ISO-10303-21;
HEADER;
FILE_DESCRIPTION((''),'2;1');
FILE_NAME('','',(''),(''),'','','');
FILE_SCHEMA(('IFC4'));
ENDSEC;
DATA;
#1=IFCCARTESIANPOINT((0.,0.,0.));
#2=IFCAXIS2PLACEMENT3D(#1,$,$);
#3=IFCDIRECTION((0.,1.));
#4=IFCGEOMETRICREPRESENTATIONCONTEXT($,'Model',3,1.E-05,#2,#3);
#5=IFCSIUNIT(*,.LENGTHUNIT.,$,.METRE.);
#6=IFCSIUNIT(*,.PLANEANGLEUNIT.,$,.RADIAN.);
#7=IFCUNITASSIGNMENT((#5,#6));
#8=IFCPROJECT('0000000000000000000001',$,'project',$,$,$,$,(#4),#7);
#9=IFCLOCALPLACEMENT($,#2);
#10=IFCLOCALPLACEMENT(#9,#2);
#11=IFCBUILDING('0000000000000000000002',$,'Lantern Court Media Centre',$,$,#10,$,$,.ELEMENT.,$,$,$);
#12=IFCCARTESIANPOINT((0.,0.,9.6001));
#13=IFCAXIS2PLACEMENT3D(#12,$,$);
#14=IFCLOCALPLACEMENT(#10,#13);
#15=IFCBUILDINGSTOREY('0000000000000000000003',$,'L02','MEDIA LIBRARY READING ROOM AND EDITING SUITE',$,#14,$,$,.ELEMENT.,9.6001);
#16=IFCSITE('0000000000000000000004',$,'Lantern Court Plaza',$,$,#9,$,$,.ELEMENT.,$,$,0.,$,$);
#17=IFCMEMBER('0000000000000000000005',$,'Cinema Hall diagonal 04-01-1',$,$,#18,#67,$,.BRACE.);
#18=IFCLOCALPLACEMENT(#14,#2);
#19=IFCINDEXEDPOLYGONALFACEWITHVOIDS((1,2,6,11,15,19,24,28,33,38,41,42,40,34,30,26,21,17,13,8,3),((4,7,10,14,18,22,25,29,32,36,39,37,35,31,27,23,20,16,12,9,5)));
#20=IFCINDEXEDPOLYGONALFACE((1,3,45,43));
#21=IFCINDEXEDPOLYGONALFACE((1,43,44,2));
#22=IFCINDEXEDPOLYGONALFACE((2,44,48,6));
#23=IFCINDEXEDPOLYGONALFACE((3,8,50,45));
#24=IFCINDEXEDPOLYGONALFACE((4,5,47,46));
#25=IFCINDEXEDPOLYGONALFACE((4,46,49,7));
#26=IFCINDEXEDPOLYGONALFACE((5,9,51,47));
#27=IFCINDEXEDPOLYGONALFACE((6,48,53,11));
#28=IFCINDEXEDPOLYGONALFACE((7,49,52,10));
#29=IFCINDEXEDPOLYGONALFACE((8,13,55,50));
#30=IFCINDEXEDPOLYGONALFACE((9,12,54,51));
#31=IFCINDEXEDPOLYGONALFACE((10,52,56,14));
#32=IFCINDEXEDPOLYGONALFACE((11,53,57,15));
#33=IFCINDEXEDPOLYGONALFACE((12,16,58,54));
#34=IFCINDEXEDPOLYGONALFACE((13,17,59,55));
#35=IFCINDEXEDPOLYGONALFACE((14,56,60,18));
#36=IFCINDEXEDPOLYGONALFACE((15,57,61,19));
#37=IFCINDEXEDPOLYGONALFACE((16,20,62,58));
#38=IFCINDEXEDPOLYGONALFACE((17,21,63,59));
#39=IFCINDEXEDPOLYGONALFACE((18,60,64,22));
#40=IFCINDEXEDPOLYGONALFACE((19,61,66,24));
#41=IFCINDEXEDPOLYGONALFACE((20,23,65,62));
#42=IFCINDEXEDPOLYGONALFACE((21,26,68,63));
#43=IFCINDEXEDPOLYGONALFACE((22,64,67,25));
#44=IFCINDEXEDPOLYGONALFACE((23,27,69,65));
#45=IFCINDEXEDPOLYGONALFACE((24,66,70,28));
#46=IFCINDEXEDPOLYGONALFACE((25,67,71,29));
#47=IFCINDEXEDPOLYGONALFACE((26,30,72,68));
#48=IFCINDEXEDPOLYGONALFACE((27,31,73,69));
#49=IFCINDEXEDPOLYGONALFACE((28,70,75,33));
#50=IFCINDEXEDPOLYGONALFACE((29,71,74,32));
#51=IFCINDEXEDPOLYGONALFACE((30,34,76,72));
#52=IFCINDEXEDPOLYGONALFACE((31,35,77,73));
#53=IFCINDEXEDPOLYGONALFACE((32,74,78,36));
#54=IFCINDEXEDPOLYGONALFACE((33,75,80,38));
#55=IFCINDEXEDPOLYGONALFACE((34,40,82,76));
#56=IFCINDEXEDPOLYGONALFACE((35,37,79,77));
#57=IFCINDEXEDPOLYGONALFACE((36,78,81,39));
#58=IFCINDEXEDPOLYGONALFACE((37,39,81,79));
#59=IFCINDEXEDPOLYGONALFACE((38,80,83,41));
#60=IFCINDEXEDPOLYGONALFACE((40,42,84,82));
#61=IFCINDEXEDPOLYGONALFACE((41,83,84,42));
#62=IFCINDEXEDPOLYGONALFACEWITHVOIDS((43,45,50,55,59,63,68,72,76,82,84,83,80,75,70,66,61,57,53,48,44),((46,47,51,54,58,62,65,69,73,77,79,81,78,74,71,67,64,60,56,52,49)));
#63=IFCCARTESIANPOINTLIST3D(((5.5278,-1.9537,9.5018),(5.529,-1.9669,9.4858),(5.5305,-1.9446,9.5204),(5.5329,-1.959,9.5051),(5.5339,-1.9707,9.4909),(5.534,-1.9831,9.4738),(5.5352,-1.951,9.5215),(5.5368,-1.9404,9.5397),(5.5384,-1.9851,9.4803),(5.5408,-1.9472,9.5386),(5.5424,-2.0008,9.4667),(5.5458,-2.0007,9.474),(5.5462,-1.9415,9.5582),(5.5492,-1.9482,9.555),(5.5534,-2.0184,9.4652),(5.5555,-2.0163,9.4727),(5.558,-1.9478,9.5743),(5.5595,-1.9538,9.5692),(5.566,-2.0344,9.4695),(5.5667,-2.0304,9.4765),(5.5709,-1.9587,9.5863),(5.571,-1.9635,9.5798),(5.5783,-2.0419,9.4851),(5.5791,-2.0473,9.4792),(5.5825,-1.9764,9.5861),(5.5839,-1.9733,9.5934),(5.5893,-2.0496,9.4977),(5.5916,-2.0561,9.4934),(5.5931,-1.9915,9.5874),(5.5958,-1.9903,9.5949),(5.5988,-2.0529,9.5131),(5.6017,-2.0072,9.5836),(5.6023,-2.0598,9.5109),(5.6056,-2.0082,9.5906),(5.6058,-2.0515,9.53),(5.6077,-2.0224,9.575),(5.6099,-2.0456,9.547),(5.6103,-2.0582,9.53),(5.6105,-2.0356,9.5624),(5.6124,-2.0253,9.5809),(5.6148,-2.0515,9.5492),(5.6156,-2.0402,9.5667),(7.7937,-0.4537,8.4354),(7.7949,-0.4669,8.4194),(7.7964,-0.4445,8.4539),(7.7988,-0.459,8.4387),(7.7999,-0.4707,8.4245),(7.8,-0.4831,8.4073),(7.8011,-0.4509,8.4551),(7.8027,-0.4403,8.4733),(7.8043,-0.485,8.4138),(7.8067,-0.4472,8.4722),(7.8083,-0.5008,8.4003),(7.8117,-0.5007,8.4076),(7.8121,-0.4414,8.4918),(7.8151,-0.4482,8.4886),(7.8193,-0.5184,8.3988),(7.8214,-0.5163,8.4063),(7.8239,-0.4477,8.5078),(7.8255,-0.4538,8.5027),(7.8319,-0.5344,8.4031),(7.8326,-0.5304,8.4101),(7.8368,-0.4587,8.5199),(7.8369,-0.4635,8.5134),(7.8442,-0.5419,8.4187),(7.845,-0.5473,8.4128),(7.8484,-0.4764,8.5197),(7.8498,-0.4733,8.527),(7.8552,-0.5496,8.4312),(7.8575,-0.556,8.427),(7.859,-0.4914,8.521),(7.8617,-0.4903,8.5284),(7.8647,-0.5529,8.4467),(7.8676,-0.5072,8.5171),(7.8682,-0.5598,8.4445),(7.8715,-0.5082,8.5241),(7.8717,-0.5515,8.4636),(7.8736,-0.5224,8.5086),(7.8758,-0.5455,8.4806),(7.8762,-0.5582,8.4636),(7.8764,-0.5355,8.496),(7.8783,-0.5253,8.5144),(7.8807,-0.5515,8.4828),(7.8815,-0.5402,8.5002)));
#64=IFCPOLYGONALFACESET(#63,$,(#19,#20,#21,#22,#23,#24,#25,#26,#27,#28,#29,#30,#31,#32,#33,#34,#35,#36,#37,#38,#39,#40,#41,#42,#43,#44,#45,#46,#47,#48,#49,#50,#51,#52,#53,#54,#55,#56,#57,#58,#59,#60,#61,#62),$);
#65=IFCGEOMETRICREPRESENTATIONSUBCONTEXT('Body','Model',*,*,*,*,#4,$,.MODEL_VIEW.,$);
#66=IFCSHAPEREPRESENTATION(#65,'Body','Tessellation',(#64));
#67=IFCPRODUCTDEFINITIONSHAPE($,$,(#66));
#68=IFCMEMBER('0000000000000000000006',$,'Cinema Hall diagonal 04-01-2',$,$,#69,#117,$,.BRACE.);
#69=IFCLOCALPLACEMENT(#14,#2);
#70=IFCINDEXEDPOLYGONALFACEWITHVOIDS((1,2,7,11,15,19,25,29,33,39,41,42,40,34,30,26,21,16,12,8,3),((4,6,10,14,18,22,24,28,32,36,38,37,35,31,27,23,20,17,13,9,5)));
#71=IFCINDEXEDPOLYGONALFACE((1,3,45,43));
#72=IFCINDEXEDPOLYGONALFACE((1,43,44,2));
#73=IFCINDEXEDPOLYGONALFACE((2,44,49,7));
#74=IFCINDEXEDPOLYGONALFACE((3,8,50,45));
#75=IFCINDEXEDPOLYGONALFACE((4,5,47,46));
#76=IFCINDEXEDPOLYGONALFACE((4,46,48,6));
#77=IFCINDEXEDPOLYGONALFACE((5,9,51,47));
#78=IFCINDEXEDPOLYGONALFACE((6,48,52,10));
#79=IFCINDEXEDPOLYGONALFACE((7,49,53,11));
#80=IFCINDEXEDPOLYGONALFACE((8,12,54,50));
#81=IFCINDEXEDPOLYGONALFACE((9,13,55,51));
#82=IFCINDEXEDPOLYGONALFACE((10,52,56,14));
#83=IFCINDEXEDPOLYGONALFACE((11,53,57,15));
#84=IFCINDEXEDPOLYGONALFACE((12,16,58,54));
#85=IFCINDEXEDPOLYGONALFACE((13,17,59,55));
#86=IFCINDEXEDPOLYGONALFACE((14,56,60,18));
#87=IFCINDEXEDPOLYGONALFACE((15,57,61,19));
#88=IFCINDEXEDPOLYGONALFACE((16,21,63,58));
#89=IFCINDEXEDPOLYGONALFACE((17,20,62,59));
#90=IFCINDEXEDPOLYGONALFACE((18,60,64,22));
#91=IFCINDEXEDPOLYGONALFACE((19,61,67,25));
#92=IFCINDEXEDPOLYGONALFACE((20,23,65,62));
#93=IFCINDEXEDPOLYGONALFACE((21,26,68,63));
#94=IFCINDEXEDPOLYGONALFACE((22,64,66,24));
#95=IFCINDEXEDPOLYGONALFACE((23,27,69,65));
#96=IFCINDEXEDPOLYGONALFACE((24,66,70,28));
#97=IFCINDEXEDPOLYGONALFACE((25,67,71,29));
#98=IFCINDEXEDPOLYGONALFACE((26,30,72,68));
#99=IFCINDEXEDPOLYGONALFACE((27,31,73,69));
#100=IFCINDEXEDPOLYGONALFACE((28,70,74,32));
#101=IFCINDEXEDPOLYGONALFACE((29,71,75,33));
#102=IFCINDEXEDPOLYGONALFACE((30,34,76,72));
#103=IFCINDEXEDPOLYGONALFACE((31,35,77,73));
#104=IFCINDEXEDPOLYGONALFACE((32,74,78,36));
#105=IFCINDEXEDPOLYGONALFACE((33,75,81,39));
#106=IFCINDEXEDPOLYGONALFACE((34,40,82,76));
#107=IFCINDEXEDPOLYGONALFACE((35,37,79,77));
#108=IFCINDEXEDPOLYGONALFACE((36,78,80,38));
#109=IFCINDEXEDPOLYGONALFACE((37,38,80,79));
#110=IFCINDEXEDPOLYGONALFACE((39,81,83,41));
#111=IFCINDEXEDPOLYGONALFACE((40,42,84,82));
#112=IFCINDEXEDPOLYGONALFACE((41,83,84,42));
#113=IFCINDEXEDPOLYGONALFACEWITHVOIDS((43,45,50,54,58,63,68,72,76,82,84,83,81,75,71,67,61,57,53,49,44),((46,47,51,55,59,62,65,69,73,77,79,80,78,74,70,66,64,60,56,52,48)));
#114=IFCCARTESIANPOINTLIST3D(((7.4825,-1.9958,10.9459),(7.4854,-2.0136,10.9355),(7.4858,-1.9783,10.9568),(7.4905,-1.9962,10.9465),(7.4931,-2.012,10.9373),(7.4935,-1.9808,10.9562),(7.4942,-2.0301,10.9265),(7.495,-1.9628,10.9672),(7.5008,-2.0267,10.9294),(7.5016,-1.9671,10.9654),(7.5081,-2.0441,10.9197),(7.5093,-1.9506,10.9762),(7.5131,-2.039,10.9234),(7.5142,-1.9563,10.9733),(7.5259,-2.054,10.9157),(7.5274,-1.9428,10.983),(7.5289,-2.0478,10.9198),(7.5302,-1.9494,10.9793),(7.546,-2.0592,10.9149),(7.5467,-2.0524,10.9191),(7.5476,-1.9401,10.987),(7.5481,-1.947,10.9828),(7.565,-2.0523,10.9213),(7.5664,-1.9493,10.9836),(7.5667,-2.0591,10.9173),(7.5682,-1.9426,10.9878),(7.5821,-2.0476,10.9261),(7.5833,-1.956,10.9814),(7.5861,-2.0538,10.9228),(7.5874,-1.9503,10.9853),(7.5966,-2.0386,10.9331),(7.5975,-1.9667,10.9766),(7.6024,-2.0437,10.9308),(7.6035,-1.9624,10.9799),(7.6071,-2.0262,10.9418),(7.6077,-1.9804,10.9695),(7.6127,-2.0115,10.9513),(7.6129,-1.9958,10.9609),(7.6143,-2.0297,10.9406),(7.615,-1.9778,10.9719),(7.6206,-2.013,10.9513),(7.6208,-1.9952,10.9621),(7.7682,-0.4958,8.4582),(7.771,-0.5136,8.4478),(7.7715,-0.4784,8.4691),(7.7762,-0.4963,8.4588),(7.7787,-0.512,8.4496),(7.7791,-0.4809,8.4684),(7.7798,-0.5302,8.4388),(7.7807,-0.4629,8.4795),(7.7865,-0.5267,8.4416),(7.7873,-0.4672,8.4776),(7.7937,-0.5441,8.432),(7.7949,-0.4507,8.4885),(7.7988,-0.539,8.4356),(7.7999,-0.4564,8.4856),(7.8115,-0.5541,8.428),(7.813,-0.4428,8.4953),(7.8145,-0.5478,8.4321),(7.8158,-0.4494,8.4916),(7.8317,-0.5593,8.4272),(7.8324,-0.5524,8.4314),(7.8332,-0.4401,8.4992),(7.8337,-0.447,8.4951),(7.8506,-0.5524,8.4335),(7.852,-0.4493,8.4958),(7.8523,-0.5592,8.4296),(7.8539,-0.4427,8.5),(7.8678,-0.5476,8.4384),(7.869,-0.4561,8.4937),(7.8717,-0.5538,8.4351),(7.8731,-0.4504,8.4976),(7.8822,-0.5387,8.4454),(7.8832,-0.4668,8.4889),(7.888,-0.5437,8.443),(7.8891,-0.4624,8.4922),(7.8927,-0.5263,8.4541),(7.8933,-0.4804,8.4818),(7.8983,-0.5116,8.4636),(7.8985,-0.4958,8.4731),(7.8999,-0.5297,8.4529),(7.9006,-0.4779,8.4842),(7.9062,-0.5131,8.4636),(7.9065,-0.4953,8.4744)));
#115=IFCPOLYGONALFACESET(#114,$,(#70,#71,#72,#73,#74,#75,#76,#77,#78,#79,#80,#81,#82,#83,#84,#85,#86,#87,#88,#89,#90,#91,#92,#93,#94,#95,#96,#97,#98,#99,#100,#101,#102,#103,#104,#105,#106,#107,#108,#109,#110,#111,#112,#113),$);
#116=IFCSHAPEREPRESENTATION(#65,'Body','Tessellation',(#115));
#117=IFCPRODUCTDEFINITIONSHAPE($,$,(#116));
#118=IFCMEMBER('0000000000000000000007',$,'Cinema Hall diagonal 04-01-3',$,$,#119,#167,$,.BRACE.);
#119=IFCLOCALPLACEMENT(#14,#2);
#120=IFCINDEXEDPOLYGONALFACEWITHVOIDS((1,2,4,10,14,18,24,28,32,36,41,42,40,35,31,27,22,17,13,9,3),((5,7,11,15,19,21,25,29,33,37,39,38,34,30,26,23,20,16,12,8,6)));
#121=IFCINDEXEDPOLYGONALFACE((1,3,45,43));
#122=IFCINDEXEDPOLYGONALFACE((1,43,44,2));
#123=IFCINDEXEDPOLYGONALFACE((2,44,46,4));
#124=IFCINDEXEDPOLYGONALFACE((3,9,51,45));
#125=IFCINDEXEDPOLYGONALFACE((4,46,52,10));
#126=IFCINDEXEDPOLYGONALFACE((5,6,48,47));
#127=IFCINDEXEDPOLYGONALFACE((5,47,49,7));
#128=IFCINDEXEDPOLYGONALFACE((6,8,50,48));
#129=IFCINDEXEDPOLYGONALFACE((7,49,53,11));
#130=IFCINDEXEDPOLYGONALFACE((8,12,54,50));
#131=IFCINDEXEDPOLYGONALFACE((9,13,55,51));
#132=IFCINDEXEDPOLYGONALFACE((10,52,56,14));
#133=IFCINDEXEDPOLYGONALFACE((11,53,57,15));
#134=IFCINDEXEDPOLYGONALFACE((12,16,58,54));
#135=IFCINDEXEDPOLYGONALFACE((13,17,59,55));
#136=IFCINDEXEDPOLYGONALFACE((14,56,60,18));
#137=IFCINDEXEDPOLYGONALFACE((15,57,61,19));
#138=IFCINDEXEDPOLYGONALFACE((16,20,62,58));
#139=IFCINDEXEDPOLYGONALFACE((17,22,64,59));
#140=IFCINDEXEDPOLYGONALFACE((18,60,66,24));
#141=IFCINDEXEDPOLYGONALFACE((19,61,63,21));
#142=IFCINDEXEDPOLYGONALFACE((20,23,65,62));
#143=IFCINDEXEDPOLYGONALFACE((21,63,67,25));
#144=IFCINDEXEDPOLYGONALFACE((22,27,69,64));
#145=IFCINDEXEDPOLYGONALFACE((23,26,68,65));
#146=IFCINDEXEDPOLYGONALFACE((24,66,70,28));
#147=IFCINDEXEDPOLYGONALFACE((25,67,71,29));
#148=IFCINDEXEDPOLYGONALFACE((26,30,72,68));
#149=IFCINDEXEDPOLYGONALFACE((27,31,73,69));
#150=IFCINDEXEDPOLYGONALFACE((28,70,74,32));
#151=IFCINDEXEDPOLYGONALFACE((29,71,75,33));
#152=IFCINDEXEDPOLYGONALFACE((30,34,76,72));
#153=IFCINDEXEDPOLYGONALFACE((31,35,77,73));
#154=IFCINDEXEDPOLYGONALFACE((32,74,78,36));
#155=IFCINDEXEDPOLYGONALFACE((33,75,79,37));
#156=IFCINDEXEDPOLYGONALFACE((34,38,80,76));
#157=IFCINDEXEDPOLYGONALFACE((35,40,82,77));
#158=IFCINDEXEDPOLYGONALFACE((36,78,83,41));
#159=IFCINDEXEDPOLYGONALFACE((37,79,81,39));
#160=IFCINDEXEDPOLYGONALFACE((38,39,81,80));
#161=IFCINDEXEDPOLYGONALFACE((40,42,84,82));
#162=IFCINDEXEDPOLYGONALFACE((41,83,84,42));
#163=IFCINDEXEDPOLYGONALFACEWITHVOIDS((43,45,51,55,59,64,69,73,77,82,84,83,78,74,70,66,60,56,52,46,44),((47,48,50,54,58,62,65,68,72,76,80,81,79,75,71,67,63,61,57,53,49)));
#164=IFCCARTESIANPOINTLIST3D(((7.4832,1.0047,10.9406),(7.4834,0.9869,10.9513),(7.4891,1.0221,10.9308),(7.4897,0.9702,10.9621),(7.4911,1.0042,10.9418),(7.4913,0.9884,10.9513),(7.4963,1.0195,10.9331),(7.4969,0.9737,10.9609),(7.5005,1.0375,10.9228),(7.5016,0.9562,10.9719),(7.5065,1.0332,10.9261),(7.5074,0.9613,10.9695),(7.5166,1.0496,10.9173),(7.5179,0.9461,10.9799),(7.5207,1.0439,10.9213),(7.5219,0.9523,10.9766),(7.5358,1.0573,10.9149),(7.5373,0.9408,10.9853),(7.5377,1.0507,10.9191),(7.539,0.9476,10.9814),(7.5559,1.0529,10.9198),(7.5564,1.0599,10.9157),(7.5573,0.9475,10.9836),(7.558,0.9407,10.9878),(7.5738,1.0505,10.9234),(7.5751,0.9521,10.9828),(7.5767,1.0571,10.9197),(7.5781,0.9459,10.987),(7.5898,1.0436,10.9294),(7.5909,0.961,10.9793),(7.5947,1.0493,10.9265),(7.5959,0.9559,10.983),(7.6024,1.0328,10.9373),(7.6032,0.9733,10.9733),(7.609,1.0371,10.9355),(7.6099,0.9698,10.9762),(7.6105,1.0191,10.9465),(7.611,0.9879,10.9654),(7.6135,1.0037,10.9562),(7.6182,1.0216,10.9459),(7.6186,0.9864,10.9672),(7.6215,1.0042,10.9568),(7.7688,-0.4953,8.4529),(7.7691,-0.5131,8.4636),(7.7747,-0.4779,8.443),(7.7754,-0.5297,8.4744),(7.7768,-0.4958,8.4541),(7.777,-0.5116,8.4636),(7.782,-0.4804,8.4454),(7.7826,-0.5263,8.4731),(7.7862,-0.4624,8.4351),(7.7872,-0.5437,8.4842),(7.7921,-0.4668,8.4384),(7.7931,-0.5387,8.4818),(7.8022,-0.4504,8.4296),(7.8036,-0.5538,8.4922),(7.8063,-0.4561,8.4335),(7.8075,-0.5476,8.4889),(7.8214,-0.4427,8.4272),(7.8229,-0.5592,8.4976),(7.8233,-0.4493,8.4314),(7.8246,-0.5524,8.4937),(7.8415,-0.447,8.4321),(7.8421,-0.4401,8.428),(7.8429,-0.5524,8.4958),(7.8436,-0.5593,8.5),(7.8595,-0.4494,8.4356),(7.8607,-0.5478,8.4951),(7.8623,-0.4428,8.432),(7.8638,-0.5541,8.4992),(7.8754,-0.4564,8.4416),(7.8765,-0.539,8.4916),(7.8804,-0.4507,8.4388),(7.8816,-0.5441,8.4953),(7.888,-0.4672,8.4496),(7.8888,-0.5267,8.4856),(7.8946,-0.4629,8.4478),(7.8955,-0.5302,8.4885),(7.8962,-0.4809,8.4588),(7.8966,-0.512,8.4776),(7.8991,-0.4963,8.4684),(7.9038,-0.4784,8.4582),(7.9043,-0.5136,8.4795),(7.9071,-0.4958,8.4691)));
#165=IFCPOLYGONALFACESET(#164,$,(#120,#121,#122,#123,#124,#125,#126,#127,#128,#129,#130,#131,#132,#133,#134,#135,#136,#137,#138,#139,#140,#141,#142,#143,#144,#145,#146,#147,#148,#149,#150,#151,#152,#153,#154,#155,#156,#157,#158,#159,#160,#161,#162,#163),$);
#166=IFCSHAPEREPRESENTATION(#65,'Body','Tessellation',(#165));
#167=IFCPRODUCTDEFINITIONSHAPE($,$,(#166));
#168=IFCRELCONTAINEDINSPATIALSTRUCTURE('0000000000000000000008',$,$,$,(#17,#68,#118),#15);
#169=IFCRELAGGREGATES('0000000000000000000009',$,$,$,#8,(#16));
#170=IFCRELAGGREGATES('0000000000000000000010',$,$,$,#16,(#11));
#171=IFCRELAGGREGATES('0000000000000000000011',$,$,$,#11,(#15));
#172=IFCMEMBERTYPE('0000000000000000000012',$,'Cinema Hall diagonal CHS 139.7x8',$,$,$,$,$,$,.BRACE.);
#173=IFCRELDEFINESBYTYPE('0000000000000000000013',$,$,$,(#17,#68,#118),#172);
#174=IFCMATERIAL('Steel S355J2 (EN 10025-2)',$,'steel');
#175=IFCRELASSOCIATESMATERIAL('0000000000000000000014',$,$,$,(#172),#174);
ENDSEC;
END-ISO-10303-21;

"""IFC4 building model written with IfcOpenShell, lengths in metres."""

from ifc_helpers import new_model, si_unit, direction, frame, origin, origin_2d, place, context, subcontext, project, spatial, hollow_circle, extrude, material, material_profile, profile_set, type_object, element, save


model = new_model("IFC4")

# Units and contexts
model_context = context("Model", 3, precision=1e-05, world=origin(), true_north=direction((0.0, 1.0)))
body_context = subcontext(model_context, "Body", "Model", "MODEL_VIEW")
ifc_project = project(units=[si_unit("LENGTHUNIT", "METRE"), si_unit("PLANEANGLEUNIT", "RADIAN")], contexts=[model_context])

# Site, building, storey
site_placement = place(None, origin())
site = spatial("IfcSite", under=ifc_project, at=site_placement, Name="Lantern Court Plaza", CompositionType="ELEMENT", RefElevation=0.0)
building_placement = place(site_placement, origin())
building = spatial("IfcBuilding", under=site, at=building_placement, Name="Lantern Court Media Centre", CompositionType="ELEMENT")
storey_placement = place(building_placement, frame((0.0, 0.0, 9.6001)))
storey = spatial("IfcBuildingStorey", under=building, at=storey_placement, Name="L02", Description="MEDIA LIBRARY READING ROOM AND EDITING SUITE", CompositionType="ELEMENT", Elevation=9.6001)

# Members
ifc_material_1 = material(Name="Steel S355J2 (EN 10025-2)", Category="steel")
ifc_material_profile_1 = material_profile(ifc_material_1, hollow_circle(Radius=0.0698, WallThickness=0.0081, at=origin_2d()), Name="Cinema Hall diagonal CHS 139.7x8")
ifc_profile_set_1 = profile_set([ifc_material_profile_1], Name="Steel S355J2 (EN 10025-2)")
member_type_1 = type_object("IfcMemberType", Name="Cinema Hall diagonal CHS 139.7x8", PredefinedType="BRACE", material=ifc_profile_set_1)
member_1_placement = place(storey_placement, frame((7.8376, -0.5, 8.4636), z_axis=(-0.776211, -0.51385, 0.365315), x_axis=(0.552002, -0.833843, 0.0)))
element("IfcMember", 1, at=member_1_placement, inside=storey, type_object=member_type_1, Name="Cinema Hall diagonal 04-01-1", PredefinedType="BRACE", context=body_context, shape_type="SweptSolid", body=[
    extrude(hollow_circle(Radius=0.0698, WallThickness=0.0081, at=origin_2d()), origin(), (0.0, 0.0, 1.0), 2.9192),
])
for number, where, z_axis, x_axis, name in (
    (2, (7.8376, -0.5, 8.4636), (-0.097856, -0.51387, 0.852268), (0.982347, -0.187068, 0.0), "Cinema Hall diagonal 04-01-2"),
    (3, (7.8376, -0.5, 8.4636), (-0.097856, 0.51387, 0.852268), (-0.982347, -0.187068, 0.0), "Cinema Hall diagonal 04-01-3"),
):
    element("IfcMember", number, at=place(storey_placement, frame(where, z_axis=z_axis, x_axis=x_axis)), inside=storey, type_object=member_type_1, Name=name, PredefinedType="BRACE", context=body_context, shape_type="SweptSolid", body=[
        extrude(hollow_circle(Radius=0.0698, WallThickness=0.0081, at=origin_2d()), origin(), (0.0, 0.0, 1.0), 2.9189),
    ])

save(model, "model.ifc")
